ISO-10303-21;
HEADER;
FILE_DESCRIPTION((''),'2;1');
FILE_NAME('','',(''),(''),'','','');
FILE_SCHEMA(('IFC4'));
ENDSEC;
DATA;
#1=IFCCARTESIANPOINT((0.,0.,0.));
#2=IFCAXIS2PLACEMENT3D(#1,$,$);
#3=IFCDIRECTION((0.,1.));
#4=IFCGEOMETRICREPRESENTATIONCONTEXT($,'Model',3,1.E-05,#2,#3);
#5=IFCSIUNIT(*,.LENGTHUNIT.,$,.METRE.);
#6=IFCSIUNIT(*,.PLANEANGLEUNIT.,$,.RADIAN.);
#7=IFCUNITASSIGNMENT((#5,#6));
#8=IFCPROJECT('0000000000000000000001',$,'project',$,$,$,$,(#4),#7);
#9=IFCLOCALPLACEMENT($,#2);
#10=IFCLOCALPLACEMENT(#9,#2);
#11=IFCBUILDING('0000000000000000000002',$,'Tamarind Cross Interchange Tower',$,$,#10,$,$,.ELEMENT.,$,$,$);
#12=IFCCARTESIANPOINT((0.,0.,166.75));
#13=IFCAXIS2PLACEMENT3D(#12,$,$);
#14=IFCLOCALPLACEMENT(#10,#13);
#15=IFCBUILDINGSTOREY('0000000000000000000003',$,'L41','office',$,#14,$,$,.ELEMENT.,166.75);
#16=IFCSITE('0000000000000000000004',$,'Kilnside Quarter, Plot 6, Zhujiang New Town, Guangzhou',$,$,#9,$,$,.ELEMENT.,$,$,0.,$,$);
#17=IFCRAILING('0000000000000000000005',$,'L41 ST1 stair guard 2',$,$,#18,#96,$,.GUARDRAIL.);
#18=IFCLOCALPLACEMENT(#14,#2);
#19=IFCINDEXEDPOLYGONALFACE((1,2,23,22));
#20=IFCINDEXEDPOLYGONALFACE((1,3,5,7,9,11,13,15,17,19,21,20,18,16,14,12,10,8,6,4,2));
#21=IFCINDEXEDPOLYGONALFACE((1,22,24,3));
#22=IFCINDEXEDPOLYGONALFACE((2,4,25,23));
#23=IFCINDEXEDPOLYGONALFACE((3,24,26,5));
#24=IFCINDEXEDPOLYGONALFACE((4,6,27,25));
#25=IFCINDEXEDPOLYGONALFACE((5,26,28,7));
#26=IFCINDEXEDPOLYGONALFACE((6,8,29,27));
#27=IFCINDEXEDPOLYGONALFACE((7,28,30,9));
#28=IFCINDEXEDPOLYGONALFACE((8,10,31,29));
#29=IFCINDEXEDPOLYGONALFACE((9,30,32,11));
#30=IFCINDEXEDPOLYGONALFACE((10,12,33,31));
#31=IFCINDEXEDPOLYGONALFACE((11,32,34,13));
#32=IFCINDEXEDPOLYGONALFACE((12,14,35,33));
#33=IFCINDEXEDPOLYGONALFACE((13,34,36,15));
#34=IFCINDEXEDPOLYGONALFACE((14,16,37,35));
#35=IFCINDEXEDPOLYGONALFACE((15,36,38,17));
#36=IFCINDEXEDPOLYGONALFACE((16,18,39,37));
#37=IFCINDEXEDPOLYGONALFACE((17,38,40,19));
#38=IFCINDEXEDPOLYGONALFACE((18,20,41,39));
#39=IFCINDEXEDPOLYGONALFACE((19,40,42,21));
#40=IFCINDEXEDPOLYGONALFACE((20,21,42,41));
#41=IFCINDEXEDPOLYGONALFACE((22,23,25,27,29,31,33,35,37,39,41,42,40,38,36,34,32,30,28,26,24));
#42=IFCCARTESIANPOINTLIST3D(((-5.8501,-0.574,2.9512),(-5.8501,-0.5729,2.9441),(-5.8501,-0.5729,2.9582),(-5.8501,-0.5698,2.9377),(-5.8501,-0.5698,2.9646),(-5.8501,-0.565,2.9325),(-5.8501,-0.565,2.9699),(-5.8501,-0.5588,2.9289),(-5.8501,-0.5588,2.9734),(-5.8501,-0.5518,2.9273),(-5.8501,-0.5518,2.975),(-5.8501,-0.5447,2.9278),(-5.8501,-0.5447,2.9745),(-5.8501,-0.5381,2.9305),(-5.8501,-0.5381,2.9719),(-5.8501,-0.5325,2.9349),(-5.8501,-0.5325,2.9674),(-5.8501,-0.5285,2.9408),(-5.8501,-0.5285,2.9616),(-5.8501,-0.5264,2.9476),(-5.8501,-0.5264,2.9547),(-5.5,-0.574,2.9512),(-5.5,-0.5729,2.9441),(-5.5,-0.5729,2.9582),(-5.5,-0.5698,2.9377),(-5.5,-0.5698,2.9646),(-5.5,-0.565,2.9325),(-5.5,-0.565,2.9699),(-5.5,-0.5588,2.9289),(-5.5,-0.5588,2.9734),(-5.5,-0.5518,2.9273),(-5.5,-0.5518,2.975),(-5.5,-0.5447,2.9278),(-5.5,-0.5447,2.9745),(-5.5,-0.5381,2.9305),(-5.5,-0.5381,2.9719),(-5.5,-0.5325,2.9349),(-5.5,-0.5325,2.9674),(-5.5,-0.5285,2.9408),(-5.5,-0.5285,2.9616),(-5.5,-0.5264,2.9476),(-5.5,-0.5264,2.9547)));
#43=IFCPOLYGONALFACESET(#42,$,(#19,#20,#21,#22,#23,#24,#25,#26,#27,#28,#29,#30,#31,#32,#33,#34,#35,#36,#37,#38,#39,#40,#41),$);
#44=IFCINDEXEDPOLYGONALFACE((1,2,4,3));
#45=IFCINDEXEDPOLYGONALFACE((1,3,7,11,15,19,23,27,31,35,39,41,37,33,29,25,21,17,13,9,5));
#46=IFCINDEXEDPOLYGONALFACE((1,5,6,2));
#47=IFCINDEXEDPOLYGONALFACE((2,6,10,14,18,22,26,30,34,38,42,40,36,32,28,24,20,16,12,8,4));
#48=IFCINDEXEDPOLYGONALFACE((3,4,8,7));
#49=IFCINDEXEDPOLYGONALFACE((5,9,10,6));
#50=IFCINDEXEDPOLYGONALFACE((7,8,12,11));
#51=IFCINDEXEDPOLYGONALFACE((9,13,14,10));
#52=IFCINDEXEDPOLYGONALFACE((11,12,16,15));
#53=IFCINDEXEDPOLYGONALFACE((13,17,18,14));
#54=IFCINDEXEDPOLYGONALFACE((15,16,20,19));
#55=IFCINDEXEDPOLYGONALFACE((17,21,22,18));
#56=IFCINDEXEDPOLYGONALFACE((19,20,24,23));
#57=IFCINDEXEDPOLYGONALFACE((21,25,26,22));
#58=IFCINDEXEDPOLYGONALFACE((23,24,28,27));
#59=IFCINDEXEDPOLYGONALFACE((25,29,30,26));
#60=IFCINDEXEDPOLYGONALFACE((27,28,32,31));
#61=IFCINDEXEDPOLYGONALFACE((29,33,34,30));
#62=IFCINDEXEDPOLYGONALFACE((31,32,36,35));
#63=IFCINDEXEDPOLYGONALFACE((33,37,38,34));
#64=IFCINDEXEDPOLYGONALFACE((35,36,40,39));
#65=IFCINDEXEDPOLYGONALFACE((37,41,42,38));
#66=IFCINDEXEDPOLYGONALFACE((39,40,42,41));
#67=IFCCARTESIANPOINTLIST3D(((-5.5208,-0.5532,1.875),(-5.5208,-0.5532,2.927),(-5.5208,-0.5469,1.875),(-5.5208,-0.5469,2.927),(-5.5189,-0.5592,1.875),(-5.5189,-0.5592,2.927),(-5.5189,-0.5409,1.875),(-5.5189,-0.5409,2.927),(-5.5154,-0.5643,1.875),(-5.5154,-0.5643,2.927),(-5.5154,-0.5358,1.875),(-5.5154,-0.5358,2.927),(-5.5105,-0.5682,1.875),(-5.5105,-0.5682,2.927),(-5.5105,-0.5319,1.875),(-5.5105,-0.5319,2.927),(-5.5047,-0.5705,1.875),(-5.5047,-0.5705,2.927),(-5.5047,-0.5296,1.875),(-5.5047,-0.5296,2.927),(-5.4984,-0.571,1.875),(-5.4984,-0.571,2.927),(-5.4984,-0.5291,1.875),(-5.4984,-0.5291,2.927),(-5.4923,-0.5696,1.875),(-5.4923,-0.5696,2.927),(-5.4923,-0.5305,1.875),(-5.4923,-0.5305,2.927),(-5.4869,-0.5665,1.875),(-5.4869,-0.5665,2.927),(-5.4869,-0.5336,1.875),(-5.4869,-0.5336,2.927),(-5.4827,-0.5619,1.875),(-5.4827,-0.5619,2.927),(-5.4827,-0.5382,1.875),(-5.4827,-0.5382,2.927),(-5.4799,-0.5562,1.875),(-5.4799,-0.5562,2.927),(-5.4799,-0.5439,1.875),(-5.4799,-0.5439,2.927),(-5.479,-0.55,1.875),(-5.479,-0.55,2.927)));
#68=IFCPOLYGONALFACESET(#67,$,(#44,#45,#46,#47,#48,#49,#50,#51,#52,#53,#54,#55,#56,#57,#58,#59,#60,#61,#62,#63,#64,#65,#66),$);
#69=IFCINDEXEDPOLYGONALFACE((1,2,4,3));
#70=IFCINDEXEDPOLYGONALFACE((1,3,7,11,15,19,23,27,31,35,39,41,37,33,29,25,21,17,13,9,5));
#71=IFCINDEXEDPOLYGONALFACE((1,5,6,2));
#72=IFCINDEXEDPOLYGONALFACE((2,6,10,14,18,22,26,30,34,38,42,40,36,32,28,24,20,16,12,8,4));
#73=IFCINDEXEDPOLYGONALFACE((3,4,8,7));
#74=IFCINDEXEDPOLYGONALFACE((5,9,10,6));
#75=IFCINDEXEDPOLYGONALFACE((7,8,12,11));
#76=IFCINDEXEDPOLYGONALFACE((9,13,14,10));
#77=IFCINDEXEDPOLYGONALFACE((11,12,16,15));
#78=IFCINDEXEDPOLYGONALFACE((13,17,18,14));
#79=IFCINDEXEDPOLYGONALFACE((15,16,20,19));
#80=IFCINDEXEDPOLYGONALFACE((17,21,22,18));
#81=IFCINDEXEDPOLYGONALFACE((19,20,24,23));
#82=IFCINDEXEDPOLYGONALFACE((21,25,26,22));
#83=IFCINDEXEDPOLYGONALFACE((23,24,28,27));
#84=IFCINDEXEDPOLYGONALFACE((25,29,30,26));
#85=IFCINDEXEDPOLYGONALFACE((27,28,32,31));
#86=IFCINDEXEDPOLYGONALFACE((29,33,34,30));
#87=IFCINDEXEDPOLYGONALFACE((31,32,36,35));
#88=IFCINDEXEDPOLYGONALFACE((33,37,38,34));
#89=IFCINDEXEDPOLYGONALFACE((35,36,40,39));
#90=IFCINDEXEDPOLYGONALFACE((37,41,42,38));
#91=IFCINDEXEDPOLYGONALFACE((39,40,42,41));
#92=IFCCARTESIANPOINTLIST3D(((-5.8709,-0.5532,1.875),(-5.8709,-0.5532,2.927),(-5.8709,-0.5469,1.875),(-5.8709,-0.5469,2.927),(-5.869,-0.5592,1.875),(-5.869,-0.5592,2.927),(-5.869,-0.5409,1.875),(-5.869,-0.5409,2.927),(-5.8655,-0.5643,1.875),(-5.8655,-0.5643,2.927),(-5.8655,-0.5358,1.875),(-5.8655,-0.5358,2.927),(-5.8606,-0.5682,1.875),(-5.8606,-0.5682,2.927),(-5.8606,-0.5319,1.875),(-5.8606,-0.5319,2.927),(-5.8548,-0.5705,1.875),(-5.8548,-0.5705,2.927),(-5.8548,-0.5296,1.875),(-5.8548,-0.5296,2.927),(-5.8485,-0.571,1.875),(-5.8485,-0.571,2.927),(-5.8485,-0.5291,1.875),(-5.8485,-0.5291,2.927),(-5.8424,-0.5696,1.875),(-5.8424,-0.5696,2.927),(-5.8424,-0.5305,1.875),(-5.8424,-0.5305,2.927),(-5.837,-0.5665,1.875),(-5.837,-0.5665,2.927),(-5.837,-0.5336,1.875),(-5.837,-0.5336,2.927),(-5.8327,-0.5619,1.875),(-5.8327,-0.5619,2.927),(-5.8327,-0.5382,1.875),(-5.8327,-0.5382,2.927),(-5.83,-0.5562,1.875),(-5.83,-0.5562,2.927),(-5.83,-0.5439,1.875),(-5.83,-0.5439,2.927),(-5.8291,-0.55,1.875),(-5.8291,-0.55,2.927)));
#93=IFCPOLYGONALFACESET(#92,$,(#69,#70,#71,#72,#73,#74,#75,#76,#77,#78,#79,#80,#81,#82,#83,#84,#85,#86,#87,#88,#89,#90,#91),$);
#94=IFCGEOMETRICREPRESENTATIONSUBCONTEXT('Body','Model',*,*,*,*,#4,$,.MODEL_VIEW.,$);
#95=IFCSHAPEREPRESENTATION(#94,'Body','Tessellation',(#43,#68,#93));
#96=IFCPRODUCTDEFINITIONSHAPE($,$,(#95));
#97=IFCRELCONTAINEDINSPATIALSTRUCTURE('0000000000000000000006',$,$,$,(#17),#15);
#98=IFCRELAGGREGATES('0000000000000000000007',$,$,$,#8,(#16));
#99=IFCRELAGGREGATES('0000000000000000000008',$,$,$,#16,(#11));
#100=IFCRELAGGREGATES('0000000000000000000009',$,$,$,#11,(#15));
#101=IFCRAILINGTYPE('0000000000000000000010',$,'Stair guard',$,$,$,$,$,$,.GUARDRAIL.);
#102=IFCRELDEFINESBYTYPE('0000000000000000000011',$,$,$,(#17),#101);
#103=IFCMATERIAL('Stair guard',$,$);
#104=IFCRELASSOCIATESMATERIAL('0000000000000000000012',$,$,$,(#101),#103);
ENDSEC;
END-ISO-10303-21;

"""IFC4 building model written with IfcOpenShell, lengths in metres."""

from ifc_helpers import new_model, si_unit, direction, frame, origin, origin_2d, place, context, subcontext, project, spatial, circle, extrude, material, type_object, element, save


model = new_model("IFC4")

# Units and contexts
model_context = context("Model", 3, precision=1e-05, world=origin(), true_north=direction((0.0, 1.0)))
body_context = subcontext(model_context, "Body", "Model", "MODEL_VIEW")
ifc_project = project(units=[si_unit("LENGTHUNIT", "METRE"), si_unit("PLANEANGLEUNIT", "RADIAN")], contexts=[model_context])

# Site, building, storey
site_placement = place(None, origin())
site = spatial("IfcSite", under=ifc_project, at=site_placement, Name="Kilnside Quarter, Plot 6, Zhujiang New Town, Guangzhou", CompositionType="ELEMENT", RefElevation=0.0)
building_placement = place(site_placement, origin())
building = spatial("IfcBuilding", under=site, at=building_placement, Name="Tamarind Cross Interchange Tower", CompositionType="ELEMENT")
storey_placement = place(building_placement, frame((0.0, 0.0, 166.75)))
storey = spatial("IfcBuildingStorey", under=building, at=storey_placement, Name="L41", Description="office", CompositionType="ELEMENT", Elevation=166.75)

# Railing
ifc_material_1 = material(Name="Stair guard")
railing_type_1 = type_object("IfcRailingType", Name="Stair guard", PredefinedType="GUARDRAIL", material=ifc_material_1)
railing_1_placement = place(storey_placement, frame((-5.5, -0.55, 1.875)))
element("IfcRailing", 1, at=railing_1_placement, inside=storey, type_object=railing_type_1, Name="L41 ST1 stair guard 2", PredefinedType="GUARDRAIL", context=body_context, shape_type="SweptSolid", body=[
    extrude(circle(Radius=0.0239, at=origin_2d()), frame((0.0, 0.0, 1.0762), z_axis=(-1.0, 0.0, 0.0), x_axis=(0.0, -1.0, 0.0)), (0.0, 0.0, 1.0), 0.3501),
    extrude(circle(Radius=0.021, at=origin_2d()), origin(), (0.0, 0.0, 1.0), 1.052),
    extrude(circle(Radius=0.021, at=origin_2d()), frame((-0.3501, 0.0, 0.0)), (0.0, 0.0, 1.0), 1.052),
])

save(model, "model.ifc")
